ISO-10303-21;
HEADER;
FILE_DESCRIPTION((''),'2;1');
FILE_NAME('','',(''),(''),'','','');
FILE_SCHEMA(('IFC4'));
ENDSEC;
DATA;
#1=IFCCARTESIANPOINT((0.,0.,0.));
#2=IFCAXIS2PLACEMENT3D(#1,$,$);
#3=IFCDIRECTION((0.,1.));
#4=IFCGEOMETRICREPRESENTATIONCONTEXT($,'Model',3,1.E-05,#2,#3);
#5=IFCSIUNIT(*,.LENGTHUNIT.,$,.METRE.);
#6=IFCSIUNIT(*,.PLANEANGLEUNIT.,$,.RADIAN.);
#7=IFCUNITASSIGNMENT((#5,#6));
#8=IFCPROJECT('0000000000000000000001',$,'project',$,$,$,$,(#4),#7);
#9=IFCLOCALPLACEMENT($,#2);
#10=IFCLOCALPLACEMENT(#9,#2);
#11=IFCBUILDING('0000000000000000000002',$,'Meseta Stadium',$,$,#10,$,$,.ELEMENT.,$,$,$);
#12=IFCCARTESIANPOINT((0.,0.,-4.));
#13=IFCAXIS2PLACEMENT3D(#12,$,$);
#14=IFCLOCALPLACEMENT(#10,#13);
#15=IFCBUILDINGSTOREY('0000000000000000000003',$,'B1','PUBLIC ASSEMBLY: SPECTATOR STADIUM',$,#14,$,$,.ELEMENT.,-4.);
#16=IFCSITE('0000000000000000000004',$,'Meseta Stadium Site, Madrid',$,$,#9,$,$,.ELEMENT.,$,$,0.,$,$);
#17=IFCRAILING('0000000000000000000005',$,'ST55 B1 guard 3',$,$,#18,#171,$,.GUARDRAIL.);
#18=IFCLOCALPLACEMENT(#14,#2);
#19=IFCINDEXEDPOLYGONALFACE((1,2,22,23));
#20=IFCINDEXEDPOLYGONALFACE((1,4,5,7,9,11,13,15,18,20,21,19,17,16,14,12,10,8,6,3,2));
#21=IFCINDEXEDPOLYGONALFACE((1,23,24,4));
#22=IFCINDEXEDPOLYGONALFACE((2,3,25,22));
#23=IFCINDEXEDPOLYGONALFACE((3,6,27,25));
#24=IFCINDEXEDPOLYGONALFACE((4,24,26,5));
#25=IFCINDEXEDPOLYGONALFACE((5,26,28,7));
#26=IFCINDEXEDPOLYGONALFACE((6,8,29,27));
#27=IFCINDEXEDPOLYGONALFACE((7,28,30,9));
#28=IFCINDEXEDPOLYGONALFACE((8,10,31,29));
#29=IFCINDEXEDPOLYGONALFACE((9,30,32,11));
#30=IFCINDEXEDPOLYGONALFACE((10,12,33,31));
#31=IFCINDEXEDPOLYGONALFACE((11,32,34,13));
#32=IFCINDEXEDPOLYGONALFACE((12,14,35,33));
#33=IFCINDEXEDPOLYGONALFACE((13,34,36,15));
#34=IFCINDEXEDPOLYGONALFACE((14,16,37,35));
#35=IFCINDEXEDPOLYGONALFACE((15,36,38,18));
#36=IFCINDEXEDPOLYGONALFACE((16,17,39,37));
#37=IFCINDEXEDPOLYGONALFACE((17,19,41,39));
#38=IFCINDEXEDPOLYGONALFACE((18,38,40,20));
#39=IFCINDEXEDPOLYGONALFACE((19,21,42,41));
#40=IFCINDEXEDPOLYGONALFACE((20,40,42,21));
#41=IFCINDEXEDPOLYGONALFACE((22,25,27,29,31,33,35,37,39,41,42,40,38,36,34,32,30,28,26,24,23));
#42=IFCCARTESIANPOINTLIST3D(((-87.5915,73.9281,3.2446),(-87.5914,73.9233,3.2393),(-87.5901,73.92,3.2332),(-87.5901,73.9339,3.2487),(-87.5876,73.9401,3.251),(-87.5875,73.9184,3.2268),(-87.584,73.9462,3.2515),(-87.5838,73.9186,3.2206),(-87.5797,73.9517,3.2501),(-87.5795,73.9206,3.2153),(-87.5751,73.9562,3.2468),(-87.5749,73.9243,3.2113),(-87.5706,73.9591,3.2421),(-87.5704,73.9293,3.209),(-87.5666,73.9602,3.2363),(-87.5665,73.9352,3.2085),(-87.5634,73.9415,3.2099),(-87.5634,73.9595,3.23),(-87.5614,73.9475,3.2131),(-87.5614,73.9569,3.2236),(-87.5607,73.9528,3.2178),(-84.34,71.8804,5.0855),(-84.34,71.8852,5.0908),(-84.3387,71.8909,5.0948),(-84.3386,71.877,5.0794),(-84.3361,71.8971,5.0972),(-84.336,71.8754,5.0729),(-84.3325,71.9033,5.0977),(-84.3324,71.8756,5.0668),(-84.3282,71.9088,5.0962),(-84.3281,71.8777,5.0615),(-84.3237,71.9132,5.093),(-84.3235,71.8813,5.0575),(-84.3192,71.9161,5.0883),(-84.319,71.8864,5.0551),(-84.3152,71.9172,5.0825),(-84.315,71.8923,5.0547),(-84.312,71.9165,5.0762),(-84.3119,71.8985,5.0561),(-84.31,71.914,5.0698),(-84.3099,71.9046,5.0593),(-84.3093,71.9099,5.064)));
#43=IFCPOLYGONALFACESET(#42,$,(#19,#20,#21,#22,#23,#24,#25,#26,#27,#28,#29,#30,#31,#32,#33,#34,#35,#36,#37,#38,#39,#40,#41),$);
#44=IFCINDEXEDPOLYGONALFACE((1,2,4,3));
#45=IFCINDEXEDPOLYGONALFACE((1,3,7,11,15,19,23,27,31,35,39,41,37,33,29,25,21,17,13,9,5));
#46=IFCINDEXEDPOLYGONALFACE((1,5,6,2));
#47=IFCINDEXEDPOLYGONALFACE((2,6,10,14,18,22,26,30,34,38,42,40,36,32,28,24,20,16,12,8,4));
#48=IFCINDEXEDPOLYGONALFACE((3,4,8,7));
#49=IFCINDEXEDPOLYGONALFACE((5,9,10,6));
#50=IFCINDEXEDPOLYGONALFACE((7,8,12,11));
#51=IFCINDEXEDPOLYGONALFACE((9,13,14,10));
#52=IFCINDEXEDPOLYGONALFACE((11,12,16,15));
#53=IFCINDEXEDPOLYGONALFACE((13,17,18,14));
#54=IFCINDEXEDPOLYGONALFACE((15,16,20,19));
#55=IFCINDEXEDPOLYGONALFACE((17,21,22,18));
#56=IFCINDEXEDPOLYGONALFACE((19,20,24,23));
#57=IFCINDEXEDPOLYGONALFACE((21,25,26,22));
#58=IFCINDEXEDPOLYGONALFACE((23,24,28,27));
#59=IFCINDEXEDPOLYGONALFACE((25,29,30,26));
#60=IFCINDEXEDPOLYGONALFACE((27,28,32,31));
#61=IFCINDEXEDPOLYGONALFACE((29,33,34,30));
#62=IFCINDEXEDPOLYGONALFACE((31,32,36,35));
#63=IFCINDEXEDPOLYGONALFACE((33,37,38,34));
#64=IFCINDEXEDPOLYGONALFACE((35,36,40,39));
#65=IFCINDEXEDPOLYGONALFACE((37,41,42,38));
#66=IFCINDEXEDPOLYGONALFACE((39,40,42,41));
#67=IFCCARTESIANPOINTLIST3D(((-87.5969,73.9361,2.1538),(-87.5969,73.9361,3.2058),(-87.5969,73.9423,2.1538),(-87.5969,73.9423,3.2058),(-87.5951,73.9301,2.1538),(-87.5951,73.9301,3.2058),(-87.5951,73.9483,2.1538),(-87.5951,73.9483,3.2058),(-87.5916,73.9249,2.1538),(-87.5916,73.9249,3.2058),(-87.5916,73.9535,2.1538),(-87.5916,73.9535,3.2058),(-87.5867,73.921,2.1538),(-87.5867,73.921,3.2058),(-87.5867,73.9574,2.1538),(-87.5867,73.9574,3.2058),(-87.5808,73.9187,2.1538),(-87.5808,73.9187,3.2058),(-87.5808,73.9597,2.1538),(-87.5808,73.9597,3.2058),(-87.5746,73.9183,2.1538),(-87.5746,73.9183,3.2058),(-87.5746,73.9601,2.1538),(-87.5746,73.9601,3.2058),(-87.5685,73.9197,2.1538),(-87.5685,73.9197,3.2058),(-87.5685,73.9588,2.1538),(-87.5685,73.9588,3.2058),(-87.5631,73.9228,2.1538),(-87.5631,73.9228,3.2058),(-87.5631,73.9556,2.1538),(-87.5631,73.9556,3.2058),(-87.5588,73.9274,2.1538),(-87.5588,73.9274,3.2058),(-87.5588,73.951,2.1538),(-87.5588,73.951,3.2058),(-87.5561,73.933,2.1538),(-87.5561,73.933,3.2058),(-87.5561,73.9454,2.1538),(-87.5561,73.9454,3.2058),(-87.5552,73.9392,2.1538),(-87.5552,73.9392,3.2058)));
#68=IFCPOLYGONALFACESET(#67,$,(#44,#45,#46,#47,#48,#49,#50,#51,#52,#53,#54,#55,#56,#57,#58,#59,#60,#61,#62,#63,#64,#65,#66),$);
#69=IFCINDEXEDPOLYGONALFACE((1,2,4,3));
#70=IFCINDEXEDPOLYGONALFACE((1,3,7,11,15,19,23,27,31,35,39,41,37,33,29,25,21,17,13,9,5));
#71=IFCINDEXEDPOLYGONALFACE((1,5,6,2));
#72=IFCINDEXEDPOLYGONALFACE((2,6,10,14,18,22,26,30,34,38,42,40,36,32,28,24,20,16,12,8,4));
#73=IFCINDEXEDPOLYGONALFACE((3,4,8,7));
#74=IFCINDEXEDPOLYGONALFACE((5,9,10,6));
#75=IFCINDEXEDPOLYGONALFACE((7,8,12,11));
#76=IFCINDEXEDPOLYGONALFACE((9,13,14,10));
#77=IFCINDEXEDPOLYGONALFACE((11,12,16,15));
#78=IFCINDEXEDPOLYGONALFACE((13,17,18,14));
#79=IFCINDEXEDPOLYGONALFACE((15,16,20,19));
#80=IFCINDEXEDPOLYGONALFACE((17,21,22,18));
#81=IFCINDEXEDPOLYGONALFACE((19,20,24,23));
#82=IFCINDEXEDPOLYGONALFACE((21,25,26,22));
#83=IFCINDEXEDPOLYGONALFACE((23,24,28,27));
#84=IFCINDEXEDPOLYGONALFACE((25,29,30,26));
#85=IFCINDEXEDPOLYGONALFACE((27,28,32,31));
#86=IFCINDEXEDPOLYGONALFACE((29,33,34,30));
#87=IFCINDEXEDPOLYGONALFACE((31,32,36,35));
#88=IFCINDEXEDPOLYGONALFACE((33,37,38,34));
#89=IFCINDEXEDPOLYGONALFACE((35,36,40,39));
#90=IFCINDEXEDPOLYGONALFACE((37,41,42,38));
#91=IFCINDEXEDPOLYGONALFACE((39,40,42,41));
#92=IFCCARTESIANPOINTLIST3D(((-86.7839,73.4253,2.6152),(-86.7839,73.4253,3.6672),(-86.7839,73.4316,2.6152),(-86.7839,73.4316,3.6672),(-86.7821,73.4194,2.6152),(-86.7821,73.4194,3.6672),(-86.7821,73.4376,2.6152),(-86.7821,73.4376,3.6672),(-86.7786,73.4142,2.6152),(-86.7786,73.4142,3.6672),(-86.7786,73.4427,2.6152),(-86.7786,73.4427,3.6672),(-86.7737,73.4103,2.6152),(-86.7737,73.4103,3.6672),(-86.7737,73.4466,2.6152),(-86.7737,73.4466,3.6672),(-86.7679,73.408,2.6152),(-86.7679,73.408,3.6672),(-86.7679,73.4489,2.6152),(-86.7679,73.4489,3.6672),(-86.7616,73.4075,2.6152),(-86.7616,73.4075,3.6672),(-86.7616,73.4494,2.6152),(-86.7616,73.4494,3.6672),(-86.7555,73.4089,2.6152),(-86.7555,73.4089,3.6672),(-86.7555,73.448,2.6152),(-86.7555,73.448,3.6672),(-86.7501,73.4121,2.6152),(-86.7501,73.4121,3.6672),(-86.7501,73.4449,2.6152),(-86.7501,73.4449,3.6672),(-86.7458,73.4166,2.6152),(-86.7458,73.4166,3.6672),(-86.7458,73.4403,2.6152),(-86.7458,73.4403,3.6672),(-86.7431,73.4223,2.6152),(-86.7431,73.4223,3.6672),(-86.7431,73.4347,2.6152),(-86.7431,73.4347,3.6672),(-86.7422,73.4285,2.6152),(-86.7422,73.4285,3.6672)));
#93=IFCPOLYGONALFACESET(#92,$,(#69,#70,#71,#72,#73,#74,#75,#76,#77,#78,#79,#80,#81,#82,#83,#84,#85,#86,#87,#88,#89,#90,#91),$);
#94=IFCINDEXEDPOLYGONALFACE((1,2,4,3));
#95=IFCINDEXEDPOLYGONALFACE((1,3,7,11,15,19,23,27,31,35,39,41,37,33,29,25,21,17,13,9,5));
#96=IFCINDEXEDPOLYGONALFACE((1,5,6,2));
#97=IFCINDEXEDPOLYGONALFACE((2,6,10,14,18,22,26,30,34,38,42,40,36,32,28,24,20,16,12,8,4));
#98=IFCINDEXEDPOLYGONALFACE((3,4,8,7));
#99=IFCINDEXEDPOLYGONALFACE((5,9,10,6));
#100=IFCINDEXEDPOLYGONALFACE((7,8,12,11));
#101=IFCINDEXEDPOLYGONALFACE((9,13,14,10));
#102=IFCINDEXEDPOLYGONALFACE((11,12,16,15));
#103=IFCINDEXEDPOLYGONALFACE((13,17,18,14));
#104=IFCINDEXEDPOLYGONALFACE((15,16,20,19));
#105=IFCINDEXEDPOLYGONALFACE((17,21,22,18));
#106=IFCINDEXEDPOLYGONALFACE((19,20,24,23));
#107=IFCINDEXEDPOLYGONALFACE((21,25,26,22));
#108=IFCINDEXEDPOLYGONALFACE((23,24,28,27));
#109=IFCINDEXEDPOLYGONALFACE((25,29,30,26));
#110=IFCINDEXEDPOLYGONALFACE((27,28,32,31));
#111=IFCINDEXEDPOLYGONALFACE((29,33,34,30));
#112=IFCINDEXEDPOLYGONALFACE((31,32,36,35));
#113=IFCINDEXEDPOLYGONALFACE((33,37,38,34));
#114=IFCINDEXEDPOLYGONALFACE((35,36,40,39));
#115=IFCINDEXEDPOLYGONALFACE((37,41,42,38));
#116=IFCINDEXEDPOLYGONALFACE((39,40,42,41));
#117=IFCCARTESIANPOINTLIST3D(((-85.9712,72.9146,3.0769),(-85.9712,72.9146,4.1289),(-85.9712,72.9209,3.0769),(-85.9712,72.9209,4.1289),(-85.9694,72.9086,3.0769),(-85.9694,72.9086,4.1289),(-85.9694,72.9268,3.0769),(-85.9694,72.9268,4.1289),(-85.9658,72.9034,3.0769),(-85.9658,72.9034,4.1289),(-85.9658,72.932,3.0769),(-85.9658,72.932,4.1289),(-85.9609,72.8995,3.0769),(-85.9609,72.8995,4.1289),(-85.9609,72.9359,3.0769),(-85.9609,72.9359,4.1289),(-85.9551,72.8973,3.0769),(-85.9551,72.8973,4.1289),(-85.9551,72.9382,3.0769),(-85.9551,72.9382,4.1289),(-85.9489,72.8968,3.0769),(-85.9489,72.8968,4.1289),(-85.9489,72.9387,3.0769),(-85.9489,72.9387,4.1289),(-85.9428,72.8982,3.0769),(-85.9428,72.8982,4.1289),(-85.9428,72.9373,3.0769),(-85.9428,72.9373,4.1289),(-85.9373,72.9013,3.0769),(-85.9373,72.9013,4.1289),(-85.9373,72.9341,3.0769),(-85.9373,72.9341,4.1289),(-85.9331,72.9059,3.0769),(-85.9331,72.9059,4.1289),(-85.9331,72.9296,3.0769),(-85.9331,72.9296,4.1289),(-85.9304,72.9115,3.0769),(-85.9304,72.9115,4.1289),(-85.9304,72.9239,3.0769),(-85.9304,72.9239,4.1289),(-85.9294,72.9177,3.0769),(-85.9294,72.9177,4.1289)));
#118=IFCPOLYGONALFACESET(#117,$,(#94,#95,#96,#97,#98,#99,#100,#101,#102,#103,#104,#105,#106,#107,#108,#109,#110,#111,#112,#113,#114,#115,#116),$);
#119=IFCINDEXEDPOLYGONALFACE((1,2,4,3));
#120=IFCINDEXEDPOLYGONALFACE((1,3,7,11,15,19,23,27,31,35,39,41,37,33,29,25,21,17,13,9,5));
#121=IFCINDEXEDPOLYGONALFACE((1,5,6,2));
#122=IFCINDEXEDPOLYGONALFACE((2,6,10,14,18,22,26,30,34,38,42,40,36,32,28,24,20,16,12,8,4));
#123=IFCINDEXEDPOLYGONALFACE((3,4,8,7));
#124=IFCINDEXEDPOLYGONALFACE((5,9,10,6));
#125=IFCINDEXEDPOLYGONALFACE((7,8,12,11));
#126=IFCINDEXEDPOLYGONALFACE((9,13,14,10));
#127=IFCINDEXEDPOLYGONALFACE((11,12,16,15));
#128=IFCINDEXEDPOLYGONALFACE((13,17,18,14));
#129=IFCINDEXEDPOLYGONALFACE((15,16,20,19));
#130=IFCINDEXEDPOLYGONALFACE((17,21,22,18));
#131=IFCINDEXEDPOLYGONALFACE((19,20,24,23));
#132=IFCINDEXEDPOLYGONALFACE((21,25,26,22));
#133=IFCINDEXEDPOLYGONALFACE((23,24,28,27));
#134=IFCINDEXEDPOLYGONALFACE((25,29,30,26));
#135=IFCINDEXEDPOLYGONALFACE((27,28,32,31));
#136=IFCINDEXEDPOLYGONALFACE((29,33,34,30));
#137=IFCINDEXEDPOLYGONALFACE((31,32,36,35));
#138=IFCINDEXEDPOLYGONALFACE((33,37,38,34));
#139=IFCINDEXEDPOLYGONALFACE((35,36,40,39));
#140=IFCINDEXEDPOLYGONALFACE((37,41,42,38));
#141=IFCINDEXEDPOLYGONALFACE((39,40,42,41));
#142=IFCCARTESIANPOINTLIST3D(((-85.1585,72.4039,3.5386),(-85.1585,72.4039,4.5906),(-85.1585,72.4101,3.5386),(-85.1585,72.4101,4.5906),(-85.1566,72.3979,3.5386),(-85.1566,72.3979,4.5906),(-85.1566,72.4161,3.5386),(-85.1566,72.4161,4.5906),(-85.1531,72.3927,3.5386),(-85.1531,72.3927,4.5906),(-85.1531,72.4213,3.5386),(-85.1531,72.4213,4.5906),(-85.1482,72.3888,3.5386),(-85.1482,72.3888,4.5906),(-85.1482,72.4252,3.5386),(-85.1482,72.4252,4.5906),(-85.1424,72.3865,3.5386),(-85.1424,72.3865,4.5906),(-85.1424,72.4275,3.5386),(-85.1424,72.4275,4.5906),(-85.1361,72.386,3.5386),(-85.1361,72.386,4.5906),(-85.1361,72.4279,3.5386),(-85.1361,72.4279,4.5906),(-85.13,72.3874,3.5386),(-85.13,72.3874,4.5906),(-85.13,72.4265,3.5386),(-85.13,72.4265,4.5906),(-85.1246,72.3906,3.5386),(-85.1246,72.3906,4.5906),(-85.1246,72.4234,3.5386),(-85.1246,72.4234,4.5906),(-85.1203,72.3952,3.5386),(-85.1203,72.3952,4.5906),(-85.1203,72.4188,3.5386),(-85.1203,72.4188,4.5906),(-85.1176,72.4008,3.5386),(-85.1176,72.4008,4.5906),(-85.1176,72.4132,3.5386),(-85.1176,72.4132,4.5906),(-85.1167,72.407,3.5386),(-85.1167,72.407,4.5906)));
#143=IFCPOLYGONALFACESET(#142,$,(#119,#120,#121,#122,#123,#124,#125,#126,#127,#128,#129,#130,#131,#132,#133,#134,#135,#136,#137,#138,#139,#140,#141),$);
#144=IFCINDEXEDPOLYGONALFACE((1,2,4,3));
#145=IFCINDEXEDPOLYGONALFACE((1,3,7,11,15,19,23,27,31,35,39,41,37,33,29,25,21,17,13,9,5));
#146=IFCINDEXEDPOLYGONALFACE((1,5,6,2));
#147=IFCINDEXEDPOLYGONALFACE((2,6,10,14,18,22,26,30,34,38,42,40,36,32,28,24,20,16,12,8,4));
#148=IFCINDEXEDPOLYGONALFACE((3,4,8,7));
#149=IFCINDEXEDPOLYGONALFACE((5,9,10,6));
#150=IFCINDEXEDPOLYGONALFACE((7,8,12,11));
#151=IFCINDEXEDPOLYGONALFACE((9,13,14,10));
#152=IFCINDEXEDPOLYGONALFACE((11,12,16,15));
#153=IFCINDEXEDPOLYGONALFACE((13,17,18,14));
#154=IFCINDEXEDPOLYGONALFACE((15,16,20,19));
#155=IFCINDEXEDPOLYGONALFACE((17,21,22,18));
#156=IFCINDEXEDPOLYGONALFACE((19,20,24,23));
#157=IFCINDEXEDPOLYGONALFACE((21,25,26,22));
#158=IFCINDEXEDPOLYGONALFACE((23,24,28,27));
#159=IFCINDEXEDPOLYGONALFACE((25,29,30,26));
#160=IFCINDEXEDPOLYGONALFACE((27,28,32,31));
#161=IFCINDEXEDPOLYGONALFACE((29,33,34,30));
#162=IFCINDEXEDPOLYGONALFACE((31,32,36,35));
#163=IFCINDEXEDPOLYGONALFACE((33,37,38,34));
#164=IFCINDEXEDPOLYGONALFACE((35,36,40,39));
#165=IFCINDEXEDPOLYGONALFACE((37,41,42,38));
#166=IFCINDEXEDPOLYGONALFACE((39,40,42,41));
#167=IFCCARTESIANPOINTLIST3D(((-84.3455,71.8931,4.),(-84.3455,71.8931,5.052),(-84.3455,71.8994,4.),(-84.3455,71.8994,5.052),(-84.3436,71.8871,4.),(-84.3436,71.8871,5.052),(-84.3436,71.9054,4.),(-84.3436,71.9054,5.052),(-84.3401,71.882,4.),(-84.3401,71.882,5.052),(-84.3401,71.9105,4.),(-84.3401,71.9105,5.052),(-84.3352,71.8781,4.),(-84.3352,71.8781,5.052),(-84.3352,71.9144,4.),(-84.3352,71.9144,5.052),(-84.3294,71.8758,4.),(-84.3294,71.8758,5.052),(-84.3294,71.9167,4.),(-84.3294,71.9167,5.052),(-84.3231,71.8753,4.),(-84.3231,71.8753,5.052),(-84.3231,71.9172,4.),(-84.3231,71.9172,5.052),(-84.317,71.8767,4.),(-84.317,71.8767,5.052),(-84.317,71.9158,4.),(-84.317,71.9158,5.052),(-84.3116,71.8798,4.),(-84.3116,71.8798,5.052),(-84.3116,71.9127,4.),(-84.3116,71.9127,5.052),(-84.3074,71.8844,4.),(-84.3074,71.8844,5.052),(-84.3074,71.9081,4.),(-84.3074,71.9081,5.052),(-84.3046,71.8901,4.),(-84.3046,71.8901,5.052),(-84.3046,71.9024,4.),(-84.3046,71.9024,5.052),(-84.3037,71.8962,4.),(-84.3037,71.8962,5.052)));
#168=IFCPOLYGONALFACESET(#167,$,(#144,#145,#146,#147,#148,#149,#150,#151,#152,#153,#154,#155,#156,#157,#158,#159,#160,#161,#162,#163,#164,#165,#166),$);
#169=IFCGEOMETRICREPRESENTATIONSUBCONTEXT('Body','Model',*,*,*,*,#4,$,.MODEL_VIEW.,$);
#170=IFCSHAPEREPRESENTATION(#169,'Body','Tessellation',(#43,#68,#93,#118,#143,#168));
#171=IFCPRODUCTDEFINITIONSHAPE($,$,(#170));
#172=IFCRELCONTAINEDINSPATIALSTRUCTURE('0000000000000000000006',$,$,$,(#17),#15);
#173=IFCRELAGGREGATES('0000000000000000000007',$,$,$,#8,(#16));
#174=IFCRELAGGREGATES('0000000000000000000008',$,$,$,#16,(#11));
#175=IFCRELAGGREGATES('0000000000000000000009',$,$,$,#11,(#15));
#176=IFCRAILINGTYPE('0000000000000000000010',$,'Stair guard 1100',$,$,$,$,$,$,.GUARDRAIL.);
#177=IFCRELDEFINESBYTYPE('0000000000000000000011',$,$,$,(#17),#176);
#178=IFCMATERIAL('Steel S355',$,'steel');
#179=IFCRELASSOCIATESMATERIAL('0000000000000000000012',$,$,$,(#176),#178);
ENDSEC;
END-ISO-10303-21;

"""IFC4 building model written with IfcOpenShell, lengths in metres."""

from ifc_helpers import new_model, si_unit, direction, frame, origin, origin_2d, place, context, subcontext, project, spatial, circle, extrude, material, type_object, element, save


model = new_model("IFC4")

# Units and contexts
model_context = context("Model", 3, precision=1e-05, world=origin(), true_north=direction((0.0, 1.0)))
body_context = subcontext(model_context, "Body", "Model", "MODEL_VIEW")
ifc_project = project(units=[si_unit("LENGTHUNIT", "METRE"), si_unit("PLANEANGLEUNIT", "RADIAN")], contexts=[model_context])

# Site, building, storey
site_placement = place(None, origin())
site = spatial("IfcSite", under=ifc_project, at=site_placement, Name="Meseta Stadium Site, Madrid", CompositionType="ELEMENT", RefElevation=0.0)
building_placement = place(site_placement, origin())
building = spatial("IfcBuilding", under=site, at=building_placement, Name="Meseta Stadium", CompositionType="ELEMENT")
storey_placement = place(building_placement, frame((0.0, 0.0, -4.0)))
storey = spatial("IfcBuildingStorey", under=building, at=storey_placement, Name="B1", Description="PUBLIC ASSEMBLY: SPECTATOR STADIUM", CompositionType="ELEMENT", Elevation=-4.0)

# Railing
ifc_material_1 = material(Name="Steel S355", Category="steel")
railing_type_1 = type_object("IfcRailingType", Name="Stair guard 1100", PredefinedType="GUARDRAIL", material=ifc_material_1)
railing_1_placement = place(storey_placement, frame((-87.5762, 73.9392, 2.1538)))
element("IfcRailing", 1, at=railing_1_placement, inside=storey, type_object=railing_type_1, Name="ST55 B1 guard 3", PredefinedType="GUARDRAIL", context=body_context, shape_type="SweptSolid", body=[
    extrude(circle(Radius=0.0239, at=origin_2d()), frame((0.0, 0.0, 1.0762), z_axis=(0.763117, -0.479483, 0.4333), x_axis=(0.53202, 0.846731, 0.0)), (0.0, 0.0, 1.0), 4.2607),
    extrude(circle(Radius=0.021, at=origin_2d()), origin(), (0.0, 0.0, 1.0), 1.052),
    extrude(circle(Radius=0.021, at=origin_2d()), frame((0.813, -0.5107, 0.4614)), (0.0, 0.0, 1.0), 1.052),
    extrude(circle(Radius=0.021, at=origin_2d()), frame((1.6257, -1.0215, 0.9231)), (0.0, 0.0, 1.0), 1.052),
    extrude(circle(Radius=0.021, at=origin_2d()), frame((2.4385, -1.5322, 1.3848)), (0.0, 0.0, 1.0), 1.052),
    extrude(circle(Radius=0.021, at=origin_2d()), frame((3.2515, -2.043, 1.8462)), (0.0, 0.0, 1.0), 1.052),
])

save(model, "model.ifc")
